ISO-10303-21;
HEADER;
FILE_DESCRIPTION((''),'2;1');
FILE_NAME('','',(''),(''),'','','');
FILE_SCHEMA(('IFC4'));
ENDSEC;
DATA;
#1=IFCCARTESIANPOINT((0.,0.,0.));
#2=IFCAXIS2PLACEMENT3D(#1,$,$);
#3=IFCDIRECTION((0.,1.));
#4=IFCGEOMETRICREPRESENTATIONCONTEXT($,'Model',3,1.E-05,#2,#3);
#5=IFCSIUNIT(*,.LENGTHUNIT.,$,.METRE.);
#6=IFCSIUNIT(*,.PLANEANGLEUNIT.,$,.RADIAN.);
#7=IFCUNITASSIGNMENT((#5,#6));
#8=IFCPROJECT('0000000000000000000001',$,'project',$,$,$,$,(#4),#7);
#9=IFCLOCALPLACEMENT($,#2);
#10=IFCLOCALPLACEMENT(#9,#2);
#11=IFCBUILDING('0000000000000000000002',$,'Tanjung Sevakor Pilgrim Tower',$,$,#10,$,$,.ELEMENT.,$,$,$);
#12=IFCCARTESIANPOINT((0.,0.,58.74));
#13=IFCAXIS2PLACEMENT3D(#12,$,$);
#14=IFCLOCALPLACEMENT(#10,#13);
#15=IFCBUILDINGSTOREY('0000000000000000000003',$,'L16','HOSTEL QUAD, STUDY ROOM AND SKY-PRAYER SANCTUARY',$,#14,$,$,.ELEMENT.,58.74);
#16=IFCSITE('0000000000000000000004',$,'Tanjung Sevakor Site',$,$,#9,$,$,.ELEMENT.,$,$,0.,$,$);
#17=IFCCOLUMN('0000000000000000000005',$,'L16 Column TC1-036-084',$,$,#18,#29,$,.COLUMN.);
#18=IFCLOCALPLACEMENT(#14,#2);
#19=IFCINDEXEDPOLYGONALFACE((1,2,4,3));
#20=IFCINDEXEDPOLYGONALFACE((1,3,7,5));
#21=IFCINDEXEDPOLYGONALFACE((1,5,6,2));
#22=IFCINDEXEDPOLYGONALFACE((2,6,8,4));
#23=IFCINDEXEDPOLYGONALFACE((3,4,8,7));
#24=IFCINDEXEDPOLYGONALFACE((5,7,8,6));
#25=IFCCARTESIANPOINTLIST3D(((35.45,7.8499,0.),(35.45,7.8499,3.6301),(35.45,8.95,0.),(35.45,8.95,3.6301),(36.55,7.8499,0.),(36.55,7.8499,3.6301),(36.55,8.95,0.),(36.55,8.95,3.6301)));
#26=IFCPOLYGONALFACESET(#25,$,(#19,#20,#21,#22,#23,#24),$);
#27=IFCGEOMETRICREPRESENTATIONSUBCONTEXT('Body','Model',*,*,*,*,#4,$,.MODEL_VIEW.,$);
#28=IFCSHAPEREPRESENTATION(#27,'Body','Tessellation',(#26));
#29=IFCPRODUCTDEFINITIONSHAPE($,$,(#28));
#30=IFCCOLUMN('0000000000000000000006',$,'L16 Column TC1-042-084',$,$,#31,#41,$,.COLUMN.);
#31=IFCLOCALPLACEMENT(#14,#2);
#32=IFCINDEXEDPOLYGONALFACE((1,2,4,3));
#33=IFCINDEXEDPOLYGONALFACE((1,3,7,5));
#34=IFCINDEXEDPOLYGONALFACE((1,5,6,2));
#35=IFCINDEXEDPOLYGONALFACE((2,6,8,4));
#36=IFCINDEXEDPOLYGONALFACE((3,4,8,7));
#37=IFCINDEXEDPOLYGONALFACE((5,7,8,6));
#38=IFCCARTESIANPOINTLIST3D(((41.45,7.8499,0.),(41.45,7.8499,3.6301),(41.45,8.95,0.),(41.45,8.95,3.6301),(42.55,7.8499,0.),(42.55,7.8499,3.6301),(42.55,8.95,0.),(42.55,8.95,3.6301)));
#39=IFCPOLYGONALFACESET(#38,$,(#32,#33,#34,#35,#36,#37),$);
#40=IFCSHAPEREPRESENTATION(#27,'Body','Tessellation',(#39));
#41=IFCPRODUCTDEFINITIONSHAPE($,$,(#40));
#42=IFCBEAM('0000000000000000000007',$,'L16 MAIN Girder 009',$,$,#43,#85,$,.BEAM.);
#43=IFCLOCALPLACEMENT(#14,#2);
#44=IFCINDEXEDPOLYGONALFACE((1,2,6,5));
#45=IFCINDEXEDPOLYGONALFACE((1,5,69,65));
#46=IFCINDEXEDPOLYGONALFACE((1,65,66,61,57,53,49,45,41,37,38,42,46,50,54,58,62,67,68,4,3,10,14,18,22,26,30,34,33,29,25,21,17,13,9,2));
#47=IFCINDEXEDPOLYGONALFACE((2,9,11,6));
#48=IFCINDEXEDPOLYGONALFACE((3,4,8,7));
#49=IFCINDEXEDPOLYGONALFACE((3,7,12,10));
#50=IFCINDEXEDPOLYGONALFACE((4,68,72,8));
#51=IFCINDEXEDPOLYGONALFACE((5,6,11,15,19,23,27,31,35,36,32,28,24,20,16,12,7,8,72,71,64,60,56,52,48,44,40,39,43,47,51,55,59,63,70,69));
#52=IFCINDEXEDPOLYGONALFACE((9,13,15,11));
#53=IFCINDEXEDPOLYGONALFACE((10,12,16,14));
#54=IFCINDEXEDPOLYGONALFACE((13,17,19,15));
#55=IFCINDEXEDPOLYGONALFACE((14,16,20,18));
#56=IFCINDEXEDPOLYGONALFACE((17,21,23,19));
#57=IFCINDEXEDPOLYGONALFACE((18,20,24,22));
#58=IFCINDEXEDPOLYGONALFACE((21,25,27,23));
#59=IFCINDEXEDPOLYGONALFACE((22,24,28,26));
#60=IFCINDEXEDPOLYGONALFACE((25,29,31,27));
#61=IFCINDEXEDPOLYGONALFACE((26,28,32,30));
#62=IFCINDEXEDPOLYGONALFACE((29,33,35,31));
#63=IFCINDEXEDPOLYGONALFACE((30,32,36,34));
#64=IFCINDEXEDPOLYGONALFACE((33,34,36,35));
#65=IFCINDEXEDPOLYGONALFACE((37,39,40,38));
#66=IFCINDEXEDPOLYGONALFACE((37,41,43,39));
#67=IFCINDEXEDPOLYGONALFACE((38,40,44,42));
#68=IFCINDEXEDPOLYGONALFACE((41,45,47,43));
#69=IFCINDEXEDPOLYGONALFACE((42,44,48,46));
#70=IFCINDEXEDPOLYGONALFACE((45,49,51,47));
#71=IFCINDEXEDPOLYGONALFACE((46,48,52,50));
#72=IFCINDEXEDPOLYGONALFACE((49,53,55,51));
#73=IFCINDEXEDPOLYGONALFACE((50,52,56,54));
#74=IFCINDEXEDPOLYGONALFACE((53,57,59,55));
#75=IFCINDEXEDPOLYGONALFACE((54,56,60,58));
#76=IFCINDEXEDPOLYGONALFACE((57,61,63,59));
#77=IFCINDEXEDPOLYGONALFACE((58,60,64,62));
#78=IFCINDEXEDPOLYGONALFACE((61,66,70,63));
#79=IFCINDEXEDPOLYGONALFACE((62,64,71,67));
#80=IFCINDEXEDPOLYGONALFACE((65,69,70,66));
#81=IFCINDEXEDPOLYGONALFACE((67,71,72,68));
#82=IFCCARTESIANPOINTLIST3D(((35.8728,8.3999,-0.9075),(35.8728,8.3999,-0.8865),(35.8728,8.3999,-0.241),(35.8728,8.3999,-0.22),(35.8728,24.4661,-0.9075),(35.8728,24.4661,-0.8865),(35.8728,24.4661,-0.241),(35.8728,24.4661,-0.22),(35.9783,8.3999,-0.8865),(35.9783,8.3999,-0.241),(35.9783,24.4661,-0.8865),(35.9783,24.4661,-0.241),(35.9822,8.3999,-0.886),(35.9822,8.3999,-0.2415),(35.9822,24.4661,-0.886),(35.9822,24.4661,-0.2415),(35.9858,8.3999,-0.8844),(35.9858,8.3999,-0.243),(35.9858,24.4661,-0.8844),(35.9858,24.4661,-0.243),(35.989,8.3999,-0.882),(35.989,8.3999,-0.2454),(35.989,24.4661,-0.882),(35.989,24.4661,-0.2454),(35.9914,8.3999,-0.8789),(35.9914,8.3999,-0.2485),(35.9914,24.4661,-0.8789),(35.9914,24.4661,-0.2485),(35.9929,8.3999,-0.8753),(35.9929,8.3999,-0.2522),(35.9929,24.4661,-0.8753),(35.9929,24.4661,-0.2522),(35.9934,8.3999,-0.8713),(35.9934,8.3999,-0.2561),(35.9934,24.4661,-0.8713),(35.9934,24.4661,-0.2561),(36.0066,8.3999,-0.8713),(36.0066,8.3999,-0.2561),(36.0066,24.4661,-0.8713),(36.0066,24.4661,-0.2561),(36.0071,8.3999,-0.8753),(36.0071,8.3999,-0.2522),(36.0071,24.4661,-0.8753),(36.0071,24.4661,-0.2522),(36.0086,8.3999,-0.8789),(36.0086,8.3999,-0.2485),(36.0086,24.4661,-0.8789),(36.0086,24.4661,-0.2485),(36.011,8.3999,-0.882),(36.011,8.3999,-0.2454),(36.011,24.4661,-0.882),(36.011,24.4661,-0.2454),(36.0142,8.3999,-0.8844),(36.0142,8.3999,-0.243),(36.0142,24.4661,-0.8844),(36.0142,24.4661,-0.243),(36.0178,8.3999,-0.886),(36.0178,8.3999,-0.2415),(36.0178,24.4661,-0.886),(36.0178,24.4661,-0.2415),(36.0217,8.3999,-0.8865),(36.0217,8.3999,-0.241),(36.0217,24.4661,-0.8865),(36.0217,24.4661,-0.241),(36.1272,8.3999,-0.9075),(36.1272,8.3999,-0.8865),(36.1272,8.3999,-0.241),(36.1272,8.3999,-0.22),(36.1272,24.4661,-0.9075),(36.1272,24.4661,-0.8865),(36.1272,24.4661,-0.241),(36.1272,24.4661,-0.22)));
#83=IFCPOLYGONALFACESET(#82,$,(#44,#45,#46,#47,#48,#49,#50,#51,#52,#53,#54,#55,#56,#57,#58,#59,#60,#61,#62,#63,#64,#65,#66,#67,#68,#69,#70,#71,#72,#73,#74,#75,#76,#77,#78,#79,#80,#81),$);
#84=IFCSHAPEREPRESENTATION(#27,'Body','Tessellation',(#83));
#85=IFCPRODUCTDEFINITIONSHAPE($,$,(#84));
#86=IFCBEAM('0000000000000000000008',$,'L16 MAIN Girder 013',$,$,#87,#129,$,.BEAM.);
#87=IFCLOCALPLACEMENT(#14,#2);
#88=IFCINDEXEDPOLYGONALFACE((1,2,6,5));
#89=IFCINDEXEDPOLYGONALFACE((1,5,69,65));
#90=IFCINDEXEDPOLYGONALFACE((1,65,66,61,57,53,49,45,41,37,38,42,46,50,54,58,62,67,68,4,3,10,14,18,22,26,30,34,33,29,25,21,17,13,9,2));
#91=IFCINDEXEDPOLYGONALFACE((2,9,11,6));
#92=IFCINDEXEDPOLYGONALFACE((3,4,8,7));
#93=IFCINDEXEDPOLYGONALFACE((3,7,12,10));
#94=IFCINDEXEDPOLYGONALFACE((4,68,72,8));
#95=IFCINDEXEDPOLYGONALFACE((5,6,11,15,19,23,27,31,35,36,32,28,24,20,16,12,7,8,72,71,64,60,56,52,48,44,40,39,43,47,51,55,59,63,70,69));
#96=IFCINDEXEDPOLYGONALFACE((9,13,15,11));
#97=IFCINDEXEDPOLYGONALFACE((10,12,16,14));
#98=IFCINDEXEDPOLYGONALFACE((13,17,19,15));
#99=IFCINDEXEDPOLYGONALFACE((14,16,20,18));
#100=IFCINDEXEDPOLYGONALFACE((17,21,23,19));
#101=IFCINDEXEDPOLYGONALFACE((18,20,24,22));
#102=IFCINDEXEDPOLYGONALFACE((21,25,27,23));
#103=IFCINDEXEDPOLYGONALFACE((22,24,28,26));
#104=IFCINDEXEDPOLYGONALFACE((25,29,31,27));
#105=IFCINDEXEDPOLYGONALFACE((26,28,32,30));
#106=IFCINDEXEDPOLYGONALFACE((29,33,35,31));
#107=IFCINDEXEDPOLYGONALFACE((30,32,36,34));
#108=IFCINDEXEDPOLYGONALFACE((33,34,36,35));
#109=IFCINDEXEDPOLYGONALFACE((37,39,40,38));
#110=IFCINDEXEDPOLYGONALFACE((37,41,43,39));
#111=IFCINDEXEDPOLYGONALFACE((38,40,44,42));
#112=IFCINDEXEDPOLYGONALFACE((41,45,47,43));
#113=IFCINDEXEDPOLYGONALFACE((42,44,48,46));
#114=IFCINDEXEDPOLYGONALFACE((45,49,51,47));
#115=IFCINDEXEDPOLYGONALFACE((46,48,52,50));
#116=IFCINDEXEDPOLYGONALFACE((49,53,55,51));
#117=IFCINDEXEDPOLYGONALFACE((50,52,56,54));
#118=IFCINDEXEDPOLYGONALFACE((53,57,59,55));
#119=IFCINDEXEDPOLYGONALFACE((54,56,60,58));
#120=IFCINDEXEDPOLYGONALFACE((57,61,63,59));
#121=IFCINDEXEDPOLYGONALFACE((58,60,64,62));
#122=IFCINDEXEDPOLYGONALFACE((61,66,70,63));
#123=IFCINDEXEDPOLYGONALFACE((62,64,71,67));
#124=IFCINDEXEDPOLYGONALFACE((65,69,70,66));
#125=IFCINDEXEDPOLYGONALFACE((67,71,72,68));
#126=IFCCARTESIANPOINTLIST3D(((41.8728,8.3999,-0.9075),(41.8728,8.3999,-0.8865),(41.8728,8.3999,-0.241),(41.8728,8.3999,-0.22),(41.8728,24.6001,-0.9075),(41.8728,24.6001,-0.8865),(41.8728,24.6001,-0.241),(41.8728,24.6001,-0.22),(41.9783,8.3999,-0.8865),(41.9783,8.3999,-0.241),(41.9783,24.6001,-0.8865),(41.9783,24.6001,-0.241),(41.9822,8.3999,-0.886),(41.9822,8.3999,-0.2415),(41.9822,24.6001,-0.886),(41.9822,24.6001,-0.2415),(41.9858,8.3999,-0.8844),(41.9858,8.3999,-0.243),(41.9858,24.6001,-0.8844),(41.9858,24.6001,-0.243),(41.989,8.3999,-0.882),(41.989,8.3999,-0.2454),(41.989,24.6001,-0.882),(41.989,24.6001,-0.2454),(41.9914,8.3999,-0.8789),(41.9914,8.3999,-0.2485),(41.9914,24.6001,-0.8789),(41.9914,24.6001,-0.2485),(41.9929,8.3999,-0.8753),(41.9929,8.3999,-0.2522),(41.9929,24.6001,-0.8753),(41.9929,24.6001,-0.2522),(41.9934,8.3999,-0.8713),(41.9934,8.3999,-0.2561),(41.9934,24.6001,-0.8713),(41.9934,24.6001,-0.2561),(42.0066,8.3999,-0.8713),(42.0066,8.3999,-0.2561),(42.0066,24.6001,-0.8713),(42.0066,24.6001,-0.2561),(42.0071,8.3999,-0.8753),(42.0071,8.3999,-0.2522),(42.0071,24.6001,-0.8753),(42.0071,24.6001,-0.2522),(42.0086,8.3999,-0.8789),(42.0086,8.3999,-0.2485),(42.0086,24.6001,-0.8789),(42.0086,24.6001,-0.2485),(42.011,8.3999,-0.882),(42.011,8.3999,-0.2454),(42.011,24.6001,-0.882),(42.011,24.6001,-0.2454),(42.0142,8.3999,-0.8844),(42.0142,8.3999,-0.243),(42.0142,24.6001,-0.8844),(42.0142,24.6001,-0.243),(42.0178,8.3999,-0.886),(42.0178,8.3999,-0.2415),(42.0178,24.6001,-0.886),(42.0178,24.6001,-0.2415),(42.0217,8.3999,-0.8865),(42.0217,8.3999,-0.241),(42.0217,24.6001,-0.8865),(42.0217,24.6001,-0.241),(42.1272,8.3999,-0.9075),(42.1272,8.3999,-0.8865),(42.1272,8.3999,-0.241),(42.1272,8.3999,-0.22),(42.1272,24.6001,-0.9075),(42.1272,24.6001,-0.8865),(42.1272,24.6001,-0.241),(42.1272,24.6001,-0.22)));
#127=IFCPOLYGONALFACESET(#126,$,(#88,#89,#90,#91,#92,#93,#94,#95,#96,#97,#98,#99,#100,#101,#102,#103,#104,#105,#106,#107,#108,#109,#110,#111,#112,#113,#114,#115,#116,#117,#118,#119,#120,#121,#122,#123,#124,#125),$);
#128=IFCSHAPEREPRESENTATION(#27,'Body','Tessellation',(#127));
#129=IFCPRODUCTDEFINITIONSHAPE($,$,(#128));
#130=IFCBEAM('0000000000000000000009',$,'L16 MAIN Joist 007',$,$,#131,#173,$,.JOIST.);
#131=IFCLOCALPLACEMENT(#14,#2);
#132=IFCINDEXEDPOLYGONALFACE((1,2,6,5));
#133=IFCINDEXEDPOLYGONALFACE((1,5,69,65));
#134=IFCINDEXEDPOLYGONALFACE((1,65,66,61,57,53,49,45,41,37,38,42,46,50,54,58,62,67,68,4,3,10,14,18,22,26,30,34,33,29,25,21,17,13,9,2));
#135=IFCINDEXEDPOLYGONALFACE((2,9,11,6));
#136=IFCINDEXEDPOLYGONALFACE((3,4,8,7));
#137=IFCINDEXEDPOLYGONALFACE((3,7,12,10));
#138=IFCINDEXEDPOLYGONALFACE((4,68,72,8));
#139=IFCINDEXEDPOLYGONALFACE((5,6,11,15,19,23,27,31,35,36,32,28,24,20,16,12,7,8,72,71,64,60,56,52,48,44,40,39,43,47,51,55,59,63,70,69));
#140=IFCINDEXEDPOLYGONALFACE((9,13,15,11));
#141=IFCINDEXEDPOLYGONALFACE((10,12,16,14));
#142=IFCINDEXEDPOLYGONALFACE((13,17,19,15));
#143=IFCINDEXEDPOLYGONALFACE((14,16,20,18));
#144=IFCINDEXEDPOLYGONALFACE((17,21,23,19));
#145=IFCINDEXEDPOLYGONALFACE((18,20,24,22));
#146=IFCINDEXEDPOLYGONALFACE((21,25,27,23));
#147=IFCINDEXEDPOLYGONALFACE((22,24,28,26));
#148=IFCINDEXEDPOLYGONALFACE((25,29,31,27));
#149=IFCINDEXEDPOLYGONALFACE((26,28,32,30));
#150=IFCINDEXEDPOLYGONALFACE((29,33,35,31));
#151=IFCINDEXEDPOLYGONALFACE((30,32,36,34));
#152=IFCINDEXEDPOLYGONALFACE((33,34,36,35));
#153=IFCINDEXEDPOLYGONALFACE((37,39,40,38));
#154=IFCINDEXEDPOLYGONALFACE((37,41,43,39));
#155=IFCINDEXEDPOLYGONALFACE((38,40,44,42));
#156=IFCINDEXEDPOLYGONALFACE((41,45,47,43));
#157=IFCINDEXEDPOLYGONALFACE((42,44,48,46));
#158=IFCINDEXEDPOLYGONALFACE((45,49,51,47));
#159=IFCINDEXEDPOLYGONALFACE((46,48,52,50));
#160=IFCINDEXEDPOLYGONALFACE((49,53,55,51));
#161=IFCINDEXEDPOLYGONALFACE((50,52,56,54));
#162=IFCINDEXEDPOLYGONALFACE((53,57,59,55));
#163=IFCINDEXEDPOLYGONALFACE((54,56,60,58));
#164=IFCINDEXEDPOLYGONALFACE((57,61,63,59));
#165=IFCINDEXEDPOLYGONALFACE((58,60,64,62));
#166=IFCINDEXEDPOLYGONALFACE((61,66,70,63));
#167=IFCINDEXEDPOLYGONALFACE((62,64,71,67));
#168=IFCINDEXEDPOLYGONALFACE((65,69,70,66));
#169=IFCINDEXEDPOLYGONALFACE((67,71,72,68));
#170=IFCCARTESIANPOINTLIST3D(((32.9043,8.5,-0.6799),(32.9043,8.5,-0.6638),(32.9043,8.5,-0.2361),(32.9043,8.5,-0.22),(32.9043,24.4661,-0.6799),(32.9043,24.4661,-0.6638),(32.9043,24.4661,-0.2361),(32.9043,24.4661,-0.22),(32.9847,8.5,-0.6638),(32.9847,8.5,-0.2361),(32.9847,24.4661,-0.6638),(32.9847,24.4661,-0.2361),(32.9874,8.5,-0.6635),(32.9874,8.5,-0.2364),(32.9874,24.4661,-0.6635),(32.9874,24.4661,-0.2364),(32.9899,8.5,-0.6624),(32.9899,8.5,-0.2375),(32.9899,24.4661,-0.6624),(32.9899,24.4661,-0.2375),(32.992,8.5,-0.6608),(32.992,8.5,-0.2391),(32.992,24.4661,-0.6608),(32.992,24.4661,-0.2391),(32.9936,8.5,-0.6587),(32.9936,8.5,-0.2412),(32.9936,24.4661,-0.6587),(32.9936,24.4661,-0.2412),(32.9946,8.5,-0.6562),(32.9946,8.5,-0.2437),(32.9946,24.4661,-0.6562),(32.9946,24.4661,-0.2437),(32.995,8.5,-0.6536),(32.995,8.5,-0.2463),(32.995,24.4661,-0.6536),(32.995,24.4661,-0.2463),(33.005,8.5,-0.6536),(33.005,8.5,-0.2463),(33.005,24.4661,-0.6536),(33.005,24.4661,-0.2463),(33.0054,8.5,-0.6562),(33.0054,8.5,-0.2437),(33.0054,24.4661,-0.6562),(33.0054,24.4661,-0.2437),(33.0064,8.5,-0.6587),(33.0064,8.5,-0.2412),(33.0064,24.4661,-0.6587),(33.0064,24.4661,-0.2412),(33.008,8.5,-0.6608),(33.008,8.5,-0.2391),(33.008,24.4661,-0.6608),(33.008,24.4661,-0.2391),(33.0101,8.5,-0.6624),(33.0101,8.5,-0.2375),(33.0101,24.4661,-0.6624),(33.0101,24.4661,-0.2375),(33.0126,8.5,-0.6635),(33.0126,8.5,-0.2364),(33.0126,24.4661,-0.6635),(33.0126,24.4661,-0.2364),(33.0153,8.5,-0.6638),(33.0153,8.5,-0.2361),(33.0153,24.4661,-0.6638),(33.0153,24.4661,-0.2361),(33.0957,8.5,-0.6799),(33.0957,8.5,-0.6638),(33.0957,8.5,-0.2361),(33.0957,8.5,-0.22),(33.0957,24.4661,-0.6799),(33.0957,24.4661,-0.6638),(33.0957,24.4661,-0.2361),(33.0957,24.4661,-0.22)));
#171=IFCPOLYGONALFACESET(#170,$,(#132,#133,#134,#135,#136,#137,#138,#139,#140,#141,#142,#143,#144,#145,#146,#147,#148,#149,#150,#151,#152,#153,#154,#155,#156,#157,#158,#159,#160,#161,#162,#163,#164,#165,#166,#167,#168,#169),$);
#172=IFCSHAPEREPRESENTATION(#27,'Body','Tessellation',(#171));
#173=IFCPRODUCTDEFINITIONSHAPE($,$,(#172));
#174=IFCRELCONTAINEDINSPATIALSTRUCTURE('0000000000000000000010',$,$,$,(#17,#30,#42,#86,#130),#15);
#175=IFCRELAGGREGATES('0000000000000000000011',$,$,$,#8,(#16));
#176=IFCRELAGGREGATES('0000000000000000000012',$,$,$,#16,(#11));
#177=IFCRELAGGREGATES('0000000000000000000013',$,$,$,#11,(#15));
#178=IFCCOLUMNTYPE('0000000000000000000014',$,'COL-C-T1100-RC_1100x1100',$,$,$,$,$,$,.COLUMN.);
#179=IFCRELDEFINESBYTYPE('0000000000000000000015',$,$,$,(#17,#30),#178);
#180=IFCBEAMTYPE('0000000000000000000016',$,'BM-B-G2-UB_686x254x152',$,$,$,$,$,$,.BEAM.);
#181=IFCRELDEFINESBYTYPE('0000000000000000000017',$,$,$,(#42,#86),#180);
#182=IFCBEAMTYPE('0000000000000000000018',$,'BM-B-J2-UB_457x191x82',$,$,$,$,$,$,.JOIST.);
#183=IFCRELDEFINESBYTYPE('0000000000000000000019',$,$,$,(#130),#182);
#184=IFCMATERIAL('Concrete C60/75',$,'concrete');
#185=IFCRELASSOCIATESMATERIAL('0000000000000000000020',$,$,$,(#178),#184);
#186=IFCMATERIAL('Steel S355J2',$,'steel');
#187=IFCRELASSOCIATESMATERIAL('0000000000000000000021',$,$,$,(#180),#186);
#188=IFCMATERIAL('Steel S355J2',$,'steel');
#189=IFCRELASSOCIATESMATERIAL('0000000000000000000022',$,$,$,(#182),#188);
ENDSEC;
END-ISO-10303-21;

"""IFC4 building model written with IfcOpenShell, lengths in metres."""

from ifc_helpers import new_model, si_unit, direction, frame, origin, origin_2d, place, context, subcontext, project, spatial, rectangle, i_section, extrude, material, material_profile, profile_set, type_object, element, save


model = new_model("IFC4")

# Units and contexts
model_context = context("Model", 3, precision=1e-05, world=origin(), true_north=direction((0.0, 1.0)))
body_context = subcontext(model_context, "Body", "Model", "MODEL_VIEW")
ifc_project = project(units=[si_unit("LENGTHUNIT", "METRE"), si_unit("PLANEANGLEUNIT", "RADIAN")], contexts=[model_context])

# Site, building, storey
site_placement = place(None, origin())
site = spatial("IfcSite", under=ifc_project, at=site_placement, Name="Tanjung Sevakor Site", CompositionType="ELEMENT", RefElevation=0.0)
building_placement = place(site_placement, origin())
building = spatial("IfcBuilding", under=site, at=building_placement, Name="Tanjung Sevakor Pilgrim Tower", CompositionType="ELEMENT")
storey_placement = place(building_placement, frame((0.0, 0.0, 58.74)))
storey = spatial("IfcBuildingStorey", under=building, at=storey_placement, Name="L16", Description="HOSTEL QUAD, STUDY ROOM AND SKY-PRAYER SANCTUARY", CompositionType="ELEMENT", Elevation=58.74)

# Columns
ifc_material_1 = material(Name="Concrete C60/75", Category="concrete")
ifc_material_profile_1 = material_profile(ifc_material_1, rectangle(XDim=1.1001, YDim=1.1001, at=origin_2d()))
ifc_profile_set_1 = profile_set([ifc_material_profile_1], Name="Concrete C60/75")
column_type = type_object("IfcColumnType", Name="COL-C-T1100-RC_1100x1100", PredefinedType="COLUMN", material=ifc_profile_set_1)
for number, where, z_axis, x_axis, name in (
    (1, (36.0, 8.3999, 0.0), (0.0, 0.0, 1.0), (1.0, 0.0, 0.0), "L16 Column TC1-036-084"),
    (2, (42.0, 8.3999, 0.0), (0.0, 0.0, 1.0), (1.0, 0.0, 0.0), "L16 Column TC1-042-084"),
):
    element("IfcColumn", number, at=place(storey_placement, frame(where, z_axis=z_axis, x_axis=x_axis)), inside=storey, type_object=column_type, Name=name, PredefinedType="COLUMN", context=body_context, shape_type="SweptSolid", body=[
        extrude(rectangle(XDim=1.1001, YDim=1.1001, at=origin_2d()), origin(), (0.0, 0.0, 1.0), 3.6301),
    ])

# Beams
ifc_material_2 = material(Name="Steel S355J2", Category="steel")
ifc_material_profile_2 = material_profile(ifc_material_2, i_section(OverallWidth=0.2544, OverallDepth=0.6875, WebThickness=0.0132, FlangeThickness=0.021, FilletRadius=0.0151, at=origin_2d()))
ifc_profile_set_2 = profile_set([ifc_material_profile_2], Name="Steel S355J2")
beam_type_1 = type_object("IfcBeamType", Name="BM-B-G2-UB_686x254x152", PredefinedType="BEAM", material=ifc_profile_set_2)
beam_1_placement = place(storey_placement, frame((36.0, 8.3999, -0.5637), z_axis=(0.0, 1.0, 0.0), x_axis=(-1.0, 0.0, 0.0)))
element("IfcBeam", 3, at=beam_1_placement, inside=storey, type_object=beam_type_1, Name="L16 MAIN Girder 009", PredefinedType="BEAM", context=body_context, shape_type="SweptSolid", body=[
    extrude(i_section(OverallWidth=0.2544, OverallDepth=0.6875, WebThickness=0.0132, FlangeThickness=0.021, FilletRadius=0.0151, at=origin_2d()), origin(), (0.0, 0.0, 1.0), 16.0662),
])
beam_2_placement = place(storey_placement, frame((42.0, 8.3999, -0.5637), z_axis=(0.0, 1.0, 0.0), x_axis=(-1.0, 0.0, 0.0)))
element("IfcBeam", 4, at=beam_2_placement, inside=storey, type_object=beam_type_1, Name="L16 MAIN Girder 013", PredefinedType="BEAM", context=body_context, shape_type="SweptSolid", body=[
    extrude(i_section(OverallWidth=0.2544, OverallDepth=0.6875, WebThickness=0.0132, FlangeThickness=0.021, FilletRadius=0.0151, at=origin_2d()), origin(), (0.0, 0.0, 1.0), 16.2002),
])
ifc_material_3 = material(Name="Steel S355J2", Category="steel")
ifc_material_profile_3 = material_profile(ifc_material_3, i_section(OverallWidth=0.1914, OverallDepth=0.46, WebThickness=0.01, FlangeThickness=0.0161, FilletRadius=0.0103, at=origin_2d()))
ifc_profile_set_3 = profile_set([ifc_material_profile_3], Name="Steel S355J2")
beam_type_2 = type_object("IfcBeamType", Name="BM-B-J2-UB_457x191x82", PredefinedType="JOIST", material=ifc_profile_set_3)
for number, where, z_axis, x_axis, name in (
    (5, (33.0, 8.5, -0.45), (0.0, 1.0, 0.0), (-1.0, 0.0, 0.0), "L16 MAIN Joist 007"),
):
    element("IfcBeam", number, at=place(storey_placement, frame(where, z_axis=z_axis, x_axis=x_axis)), inside=storey, type_object=beam_type_2, Name=name, PredefinedType="JOIST", context=body_context, shape_type="SweptSolid", body=[
        extrude(i_section(OverallWidth=0.1914, OverallDepth=0.46, WebThickness=0.01, FlangeThickness=0.0161, FilletRadius=0.0103, at=origin_2d()), origin(), (0.0, 0.0, 1.0), 15.9661),
    ])

save(model, "model.ifc")
